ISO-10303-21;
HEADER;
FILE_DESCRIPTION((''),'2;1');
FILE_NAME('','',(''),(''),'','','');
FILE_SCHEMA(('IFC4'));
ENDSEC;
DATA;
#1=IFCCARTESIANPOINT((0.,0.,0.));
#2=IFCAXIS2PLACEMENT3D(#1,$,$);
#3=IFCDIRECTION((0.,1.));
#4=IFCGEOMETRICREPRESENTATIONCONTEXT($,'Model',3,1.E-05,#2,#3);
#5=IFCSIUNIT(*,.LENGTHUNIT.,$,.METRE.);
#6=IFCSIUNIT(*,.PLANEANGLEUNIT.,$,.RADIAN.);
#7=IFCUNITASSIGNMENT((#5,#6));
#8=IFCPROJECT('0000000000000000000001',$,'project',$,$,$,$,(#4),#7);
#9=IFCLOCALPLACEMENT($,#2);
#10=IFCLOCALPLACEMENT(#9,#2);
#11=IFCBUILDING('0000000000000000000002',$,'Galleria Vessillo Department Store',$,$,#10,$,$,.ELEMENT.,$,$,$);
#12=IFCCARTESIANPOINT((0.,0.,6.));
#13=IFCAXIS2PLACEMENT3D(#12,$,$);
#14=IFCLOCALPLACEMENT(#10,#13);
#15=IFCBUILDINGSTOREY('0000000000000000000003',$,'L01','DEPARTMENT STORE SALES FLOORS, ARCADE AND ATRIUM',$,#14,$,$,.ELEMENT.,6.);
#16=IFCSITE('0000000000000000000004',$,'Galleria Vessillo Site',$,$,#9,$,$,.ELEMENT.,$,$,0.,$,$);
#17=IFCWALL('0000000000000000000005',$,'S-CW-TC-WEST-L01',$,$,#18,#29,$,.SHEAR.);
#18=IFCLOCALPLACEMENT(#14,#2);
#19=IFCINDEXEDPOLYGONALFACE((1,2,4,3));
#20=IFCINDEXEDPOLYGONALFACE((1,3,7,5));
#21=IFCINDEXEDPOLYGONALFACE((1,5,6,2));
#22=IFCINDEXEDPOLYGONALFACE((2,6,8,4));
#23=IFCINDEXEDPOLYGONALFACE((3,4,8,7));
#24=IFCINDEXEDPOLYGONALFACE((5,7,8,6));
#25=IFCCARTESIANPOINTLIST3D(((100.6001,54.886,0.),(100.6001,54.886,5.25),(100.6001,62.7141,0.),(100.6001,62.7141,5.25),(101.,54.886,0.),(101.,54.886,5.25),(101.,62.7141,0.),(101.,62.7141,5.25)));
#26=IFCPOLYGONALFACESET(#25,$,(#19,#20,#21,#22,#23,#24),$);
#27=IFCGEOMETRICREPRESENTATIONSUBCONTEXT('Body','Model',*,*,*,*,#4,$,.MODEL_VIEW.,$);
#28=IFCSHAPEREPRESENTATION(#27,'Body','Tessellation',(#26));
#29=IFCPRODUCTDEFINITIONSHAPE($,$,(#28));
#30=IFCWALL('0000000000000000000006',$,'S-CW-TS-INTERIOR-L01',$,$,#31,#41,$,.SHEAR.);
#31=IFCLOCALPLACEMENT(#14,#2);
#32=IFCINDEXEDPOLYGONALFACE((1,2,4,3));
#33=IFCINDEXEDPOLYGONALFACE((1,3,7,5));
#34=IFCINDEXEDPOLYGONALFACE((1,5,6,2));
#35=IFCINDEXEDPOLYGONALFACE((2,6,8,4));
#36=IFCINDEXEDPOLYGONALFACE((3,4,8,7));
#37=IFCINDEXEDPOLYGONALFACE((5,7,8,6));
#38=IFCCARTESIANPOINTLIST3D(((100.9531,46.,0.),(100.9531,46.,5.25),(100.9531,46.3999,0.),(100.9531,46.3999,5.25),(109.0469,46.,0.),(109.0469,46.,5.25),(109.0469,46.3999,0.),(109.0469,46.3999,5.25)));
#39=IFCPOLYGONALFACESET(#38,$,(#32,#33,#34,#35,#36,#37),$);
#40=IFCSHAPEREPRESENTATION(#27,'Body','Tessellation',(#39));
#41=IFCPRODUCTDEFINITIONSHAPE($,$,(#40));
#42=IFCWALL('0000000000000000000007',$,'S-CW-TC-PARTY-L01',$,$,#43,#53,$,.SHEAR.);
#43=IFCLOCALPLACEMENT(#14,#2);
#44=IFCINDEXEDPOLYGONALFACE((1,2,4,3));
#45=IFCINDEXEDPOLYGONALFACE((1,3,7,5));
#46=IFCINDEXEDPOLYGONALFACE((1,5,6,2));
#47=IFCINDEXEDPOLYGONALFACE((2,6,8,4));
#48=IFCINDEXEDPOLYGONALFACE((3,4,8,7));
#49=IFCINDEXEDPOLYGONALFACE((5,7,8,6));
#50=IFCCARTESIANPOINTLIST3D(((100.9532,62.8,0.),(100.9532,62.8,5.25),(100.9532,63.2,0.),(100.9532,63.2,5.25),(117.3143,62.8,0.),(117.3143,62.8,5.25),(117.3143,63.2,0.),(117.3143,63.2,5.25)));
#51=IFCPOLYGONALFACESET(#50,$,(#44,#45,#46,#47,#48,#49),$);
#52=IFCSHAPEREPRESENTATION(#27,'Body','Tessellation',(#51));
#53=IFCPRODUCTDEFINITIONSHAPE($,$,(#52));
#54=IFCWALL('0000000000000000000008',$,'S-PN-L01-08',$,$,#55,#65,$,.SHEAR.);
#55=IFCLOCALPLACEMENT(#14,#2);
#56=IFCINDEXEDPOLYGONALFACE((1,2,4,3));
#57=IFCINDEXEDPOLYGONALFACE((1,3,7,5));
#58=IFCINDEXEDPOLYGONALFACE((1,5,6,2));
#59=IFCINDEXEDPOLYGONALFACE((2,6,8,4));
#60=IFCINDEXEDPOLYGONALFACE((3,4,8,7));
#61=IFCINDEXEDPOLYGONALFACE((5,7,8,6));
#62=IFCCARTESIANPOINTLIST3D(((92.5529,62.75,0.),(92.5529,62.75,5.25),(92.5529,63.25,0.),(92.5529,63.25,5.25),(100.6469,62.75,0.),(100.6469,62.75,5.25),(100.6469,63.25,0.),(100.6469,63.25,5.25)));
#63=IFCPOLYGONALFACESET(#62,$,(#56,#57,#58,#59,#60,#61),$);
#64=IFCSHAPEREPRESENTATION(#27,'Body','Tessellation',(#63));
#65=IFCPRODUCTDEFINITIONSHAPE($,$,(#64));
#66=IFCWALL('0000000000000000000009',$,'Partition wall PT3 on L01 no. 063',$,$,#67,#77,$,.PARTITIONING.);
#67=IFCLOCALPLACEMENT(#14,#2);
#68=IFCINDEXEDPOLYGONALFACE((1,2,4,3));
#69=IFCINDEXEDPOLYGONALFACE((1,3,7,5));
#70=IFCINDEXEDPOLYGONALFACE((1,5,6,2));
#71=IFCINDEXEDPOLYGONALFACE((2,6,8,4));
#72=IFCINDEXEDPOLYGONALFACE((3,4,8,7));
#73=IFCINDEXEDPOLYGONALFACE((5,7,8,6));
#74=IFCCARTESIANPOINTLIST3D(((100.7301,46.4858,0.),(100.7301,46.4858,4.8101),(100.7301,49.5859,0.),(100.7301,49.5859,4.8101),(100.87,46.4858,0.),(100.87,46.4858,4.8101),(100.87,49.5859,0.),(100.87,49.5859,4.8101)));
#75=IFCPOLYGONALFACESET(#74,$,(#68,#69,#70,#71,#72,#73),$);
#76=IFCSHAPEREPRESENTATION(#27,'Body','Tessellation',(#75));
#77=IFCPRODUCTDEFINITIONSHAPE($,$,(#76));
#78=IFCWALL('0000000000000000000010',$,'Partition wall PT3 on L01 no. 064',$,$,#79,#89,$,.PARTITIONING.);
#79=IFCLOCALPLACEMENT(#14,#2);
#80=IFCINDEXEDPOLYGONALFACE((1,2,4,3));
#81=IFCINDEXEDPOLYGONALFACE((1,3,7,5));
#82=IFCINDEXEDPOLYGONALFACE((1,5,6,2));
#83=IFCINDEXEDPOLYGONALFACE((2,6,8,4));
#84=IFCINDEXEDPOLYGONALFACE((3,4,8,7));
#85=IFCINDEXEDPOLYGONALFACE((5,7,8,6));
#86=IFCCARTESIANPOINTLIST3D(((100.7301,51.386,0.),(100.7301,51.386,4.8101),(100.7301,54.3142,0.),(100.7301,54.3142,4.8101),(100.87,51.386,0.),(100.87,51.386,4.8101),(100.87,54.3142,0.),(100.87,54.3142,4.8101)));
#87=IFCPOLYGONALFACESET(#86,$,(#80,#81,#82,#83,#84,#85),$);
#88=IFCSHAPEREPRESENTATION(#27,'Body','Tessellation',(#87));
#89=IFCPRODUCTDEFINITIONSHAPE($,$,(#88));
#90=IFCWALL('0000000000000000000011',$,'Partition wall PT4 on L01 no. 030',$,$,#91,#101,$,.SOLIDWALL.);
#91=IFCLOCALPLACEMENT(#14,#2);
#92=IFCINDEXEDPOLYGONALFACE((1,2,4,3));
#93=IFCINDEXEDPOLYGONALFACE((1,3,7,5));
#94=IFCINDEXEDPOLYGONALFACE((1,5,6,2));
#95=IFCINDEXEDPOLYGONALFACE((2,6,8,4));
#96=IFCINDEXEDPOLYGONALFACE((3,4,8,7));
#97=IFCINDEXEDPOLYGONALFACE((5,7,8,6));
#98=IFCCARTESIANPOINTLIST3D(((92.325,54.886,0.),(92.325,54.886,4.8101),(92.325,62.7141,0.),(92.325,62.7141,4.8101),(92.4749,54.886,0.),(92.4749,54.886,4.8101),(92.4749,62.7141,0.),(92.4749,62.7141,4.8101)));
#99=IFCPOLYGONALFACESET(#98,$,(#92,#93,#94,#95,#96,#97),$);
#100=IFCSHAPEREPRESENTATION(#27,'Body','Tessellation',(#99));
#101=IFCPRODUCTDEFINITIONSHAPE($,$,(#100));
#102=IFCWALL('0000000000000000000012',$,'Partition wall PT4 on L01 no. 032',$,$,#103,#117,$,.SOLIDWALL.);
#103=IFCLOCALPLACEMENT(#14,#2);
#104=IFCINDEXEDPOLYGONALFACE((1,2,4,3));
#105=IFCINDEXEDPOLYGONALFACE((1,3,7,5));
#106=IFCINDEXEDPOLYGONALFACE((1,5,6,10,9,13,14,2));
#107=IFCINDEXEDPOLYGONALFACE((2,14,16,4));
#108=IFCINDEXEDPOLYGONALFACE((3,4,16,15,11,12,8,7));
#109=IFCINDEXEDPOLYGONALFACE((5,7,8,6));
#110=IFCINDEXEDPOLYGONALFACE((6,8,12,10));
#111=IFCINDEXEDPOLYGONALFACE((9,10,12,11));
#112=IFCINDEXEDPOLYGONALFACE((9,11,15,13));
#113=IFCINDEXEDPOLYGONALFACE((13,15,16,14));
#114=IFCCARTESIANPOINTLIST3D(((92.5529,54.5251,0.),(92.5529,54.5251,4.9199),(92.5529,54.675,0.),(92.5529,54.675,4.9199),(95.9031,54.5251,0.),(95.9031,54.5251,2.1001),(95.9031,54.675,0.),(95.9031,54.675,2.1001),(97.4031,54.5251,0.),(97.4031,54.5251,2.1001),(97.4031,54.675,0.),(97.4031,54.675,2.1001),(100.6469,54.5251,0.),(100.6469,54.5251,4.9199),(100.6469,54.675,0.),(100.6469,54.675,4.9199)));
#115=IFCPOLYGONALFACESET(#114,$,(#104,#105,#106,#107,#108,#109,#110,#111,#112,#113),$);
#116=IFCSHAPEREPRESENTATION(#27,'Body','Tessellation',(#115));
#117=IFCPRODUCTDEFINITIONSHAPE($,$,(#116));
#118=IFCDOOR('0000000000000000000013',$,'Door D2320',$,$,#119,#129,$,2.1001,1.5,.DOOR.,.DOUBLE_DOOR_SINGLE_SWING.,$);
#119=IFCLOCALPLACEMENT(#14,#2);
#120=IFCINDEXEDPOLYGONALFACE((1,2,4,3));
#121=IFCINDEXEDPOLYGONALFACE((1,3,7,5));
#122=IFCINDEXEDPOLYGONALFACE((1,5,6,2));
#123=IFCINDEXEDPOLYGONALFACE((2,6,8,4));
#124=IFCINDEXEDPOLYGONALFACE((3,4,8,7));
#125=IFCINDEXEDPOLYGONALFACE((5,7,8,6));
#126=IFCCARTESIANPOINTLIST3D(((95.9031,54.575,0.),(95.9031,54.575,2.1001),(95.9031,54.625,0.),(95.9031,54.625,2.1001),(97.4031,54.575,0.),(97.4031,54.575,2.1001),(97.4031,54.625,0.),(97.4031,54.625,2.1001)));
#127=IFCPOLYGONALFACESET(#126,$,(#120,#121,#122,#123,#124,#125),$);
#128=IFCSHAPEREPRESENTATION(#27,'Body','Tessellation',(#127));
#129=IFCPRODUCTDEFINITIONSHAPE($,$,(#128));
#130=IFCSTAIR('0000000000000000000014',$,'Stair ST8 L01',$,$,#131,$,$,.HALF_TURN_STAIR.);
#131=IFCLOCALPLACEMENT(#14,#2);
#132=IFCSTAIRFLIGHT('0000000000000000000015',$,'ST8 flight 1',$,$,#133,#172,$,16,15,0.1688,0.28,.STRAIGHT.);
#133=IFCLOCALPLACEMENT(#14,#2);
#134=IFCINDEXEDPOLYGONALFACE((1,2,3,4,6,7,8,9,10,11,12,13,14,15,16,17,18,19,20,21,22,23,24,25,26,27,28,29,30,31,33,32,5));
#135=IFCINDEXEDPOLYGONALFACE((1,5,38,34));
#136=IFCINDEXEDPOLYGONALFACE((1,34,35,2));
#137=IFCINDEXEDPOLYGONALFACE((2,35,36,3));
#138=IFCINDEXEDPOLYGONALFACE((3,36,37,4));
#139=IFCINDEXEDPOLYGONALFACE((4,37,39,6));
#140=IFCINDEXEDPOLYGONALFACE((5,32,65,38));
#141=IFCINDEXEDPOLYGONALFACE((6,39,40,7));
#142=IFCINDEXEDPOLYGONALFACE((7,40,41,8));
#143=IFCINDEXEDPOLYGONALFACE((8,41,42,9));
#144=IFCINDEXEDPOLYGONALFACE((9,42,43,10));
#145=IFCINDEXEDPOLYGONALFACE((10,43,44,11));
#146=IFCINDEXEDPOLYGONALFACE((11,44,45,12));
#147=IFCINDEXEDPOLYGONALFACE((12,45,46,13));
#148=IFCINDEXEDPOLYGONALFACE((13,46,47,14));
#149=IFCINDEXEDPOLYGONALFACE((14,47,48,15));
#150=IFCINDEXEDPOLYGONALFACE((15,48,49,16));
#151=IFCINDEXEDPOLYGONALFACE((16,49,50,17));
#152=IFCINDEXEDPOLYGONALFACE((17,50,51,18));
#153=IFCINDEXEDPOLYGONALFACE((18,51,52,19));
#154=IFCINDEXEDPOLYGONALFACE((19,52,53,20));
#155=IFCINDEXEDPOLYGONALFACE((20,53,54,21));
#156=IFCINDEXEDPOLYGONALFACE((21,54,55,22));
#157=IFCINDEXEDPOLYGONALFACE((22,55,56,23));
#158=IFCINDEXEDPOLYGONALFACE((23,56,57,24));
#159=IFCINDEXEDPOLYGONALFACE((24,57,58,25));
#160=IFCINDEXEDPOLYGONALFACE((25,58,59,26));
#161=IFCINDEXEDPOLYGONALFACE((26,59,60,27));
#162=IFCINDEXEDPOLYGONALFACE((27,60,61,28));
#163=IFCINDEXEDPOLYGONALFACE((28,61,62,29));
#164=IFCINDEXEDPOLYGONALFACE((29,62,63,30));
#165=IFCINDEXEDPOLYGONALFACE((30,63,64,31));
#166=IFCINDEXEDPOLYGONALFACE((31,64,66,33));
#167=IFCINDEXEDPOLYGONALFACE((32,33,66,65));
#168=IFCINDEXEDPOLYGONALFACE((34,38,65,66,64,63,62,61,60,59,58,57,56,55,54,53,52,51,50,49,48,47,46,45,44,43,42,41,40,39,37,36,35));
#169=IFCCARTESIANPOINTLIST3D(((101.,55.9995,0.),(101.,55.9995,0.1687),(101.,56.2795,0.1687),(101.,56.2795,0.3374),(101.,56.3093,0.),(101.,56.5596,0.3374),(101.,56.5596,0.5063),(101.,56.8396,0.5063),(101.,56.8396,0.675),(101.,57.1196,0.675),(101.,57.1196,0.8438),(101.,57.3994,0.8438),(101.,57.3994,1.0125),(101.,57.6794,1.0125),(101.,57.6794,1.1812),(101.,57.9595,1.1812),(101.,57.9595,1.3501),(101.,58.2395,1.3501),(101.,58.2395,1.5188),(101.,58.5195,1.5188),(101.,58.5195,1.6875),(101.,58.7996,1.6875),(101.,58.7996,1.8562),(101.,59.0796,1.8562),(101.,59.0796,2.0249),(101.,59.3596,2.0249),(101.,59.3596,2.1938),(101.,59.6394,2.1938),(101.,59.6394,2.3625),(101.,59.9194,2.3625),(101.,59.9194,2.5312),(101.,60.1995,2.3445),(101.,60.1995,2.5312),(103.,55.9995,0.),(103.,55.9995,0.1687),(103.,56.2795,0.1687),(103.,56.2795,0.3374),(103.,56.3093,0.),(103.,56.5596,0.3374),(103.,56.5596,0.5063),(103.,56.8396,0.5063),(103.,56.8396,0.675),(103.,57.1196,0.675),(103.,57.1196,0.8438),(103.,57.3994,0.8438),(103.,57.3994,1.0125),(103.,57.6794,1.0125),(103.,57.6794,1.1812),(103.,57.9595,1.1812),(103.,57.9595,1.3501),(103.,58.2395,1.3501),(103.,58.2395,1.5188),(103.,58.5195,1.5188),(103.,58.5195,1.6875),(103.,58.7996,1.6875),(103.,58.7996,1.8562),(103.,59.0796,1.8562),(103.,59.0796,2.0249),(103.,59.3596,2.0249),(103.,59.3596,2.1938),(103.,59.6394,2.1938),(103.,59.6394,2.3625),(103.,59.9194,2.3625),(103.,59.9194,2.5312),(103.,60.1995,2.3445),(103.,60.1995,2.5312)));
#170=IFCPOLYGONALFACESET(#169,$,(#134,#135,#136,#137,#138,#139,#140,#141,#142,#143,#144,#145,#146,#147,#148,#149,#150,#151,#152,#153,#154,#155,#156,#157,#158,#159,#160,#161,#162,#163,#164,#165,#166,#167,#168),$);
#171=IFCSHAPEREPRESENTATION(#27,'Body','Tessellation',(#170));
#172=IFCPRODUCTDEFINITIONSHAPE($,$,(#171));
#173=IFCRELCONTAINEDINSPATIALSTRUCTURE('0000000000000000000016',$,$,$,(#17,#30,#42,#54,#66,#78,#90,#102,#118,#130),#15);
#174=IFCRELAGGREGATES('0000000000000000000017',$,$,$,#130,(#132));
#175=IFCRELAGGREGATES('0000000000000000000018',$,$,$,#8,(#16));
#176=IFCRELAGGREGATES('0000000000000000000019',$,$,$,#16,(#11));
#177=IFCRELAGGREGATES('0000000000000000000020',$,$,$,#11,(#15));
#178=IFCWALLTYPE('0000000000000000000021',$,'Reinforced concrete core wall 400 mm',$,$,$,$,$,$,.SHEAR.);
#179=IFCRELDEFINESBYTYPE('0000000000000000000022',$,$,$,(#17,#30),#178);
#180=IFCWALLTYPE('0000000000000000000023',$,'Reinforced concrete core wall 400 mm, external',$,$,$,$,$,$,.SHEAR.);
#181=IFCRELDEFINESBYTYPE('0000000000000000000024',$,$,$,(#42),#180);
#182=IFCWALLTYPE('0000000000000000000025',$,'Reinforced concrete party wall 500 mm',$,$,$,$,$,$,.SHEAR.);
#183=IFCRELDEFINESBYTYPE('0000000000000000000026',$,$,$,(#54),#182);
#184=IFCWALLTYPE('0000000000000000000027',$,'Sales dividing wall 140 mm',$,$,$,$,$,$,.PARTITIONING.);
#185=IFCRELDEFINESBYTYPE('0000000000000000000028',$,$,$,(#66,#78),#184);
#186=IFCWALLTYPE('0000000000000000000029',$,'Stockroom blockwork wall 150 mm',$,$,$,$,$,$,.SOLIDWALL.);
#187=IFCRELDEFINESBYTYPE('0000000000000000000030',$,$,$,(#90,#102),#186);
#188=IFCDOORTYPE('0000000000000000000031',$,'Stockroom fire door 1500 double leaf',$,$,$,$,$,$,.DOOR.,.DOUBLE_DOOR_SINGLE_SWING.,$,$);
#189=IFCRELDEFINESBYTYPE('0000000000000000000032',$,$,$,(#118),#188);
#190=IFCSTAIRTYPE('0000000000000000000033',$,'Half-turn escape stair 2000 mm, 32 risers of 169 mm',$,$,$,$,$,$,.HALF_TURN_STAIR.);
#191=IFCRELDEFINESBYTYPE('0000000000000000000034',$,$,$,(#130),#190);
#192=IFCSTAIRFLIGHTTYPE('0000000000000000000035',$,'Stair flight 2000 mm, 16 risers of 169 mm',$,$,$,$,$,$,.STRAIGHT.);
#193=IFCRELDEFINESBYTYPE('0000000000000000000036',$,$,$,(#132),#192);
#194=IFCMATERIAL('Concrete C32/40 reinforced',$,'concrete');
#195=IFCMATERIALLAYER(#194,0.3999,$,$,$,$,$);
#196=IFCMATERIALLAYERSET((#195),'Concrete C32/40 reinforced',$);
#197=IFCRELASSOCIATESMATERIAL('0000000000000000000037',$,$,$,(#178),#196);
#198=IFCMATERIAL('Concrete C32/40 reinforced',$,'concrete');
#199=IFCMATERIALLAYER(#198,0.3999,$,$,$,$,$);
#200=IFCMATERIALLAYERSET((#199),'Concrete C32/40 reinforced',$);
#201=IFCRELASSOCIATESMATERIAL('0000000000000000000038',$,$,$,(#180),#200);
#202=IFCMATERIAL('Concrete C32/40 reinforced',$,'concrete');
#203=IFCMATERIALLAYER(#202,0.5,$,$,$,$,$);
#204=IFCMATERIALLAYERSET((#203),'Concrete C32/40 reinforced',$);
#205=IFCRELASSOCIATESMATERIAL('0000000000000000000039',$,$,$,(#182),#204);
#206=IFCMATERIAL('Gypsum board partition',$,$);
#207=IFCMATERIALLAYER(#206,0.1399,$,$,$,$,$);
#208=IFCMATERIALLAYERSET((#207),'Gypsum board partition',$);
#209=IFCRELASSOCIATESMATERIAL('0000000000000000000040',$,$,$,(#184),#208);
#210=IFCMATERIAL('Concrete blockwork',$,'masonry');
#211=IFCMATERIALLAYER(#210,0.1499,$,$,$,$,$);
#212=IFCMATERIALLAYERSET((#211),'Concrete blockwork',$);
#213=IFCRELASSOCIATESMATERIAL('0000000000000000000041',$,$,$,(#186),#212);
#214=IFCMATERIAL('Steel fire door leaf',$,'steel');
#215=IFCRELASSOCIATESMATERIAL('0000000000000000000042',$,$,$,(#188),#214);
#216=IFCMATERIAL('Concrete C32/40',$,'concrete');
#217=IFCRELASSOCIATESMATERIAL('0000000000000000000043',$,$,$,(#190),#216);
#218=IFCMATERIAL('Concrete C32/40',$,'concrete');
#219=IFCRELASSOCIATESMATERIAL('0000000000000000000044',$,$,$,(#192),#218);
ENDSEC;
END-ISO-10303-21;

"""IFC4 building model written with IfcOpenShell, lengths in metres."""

from ifc_helpers import new_model, si_unit, direction, frame, frame_2d, origin, place, context, subcontext, project, spatial, polyline, rectangle, outline, extrude, material, layer, layer_set, type_object, element, fill, aggregate, save


model = new_model("IFC4")

# Units and contexts
model_context = context("Model", 3, precision=1e-05, world=origin(), true_north=direction((0.0, 1.0)))
body_context = subcontext(model_context, "Body", "Model", "MODEL_VIEW")
ifc_project = project(units=[si_unit("LENGTHUNIT", "METRE"), si_unit("PLANEANGLEUNIT", "RADIAN")], contexts=[model_context])

# Site, building, storey
site_placement = place(None, origin())
site = spatial("IfcSite", under=ifc_project, at=site_placement, Name="Galleria Vessillo Site", CompositionType="ELEMENT", RefElevation=0.0)
building_placement = place(site_placement, origin())
building = spatial("IfcBuilding", under=site, at=building_placement, Name="Galleria Vessillo Department Store", CompositionType="ELEMENT")
storey_placement = place(building_placement, frame((0.0, 0.0, 6.0)))
storey = spatial("IfcBuildingStorey", under=building, at=storey_placement, Name="L01", Description="DEPARTMENT STORE SALES FLOORS, ARCADE AND ATRIUM", CompositionType="ELEMENT", Elevation=6.0)

# Shared definitions
ifc_material_1 = material(Name="Concrete C32/40 reinforced", Category="concrete")
ifc_layer_1 = layer(ifc_material_1, 0.3999)
ifc_layer_set_1 = layer_set([ifc_layer_1], Name="Concrete C32/40 reinforced")
wall_type_1 = type_object("IfcWallType", Name="Reinforced concrete core wall 400 mm", PredefinedType="SHEAR", material=ifc_layer_set_1)

# Walls
wall_1_placement = place(storey_placement, frame((100.8, 54.886, 0.0), z_axis=(0.0, 0.0, 1.0), x_axis=(0.0, 1.0, 0.0)))
element("IfcWall", 1, at=wall_1_placement, inside=storey, type_object=wall_type_1, Name="S-CW-TC-WEST-L01", PredefinedType="SHEAR", context=body_context, shape_type="SweptSolid", body=[
    extrude(rectangle(XDim=7.8281, YDim=0.3999, at=frame_2d((3.9141, 0.0))), origin(), (0.0, 0.0, 1.0), 5.25),
])
wall_2_placement = place(storey_placement, frame((100.9531, 46.2, 0.0), z_axis=(0.0, 0.0, 1.0), x_axis=(1.0, 0.0, 0.0)))
element("IfcWall", 2, at=wall_2_placement, inside=storey, type_object=wall_type_1, Name="S-CW-TS-INTERIOR-L01", PredefinedType="SHEAR", context=body_context, shape_type="SweptSolid", body=[
    extrude(rectangle(XDim=8.0938, YDim=0.3999, at=frame_2d((4.0469, 0.0))), origin(), (0.0, 0.0, 1.0), 5.25),
])
ifc_material_2 = material(Name="Concrete C32/40 reinforced", Category="concrete")
ifc_layer_2 = layer(ifc_material_2, 0.3999)
ifc_layer_set_2 = layer_set([ifc_layer_2], Name="Concrete C32/40 reinforced")
wall_type_2 = type_object("IfcWallType", Name="Reinforced concrete core wall 400 mm, external", PredefinedType="SHEAR", material=ifc_layer_set_2)
wall_3_placement = place(storey_placement, frame((100.9531, 63.0, 0.0), z_axis=(0.0, 0.0, 1.0), x_axis=(1.0, 0.0, 0.0)))
element("IfcWall", 3, at=wall_3_placement, inside=storey, type_object=wall_type_2, Name="S-CW-TC-PARTY-L01", PredefinedType="SHEAR", context=body_context, shape_type="SweptSolid", body=[
    extrude(rectangle(XDim=16.3611, YDim=0.3999, at=frame_2d((8.1807, 0.0))), origin(), (0.0, 0.0, 1.0), 5.25),
])
ifc_material_3 = material(Name="Concrete C32/40 reinforced", Category="concrete")
ifc_layer_3 = layer(ifc_material_3, 0.5)
ifc_layer_set_3 = layer_set([ifc_layer_3], Name="Concrete C32/40 reinforced")
wall_type_3 = type_object("IfcWallType", Name="Reinforced concrete party wall 500 mm", PredefinedType="SHEAR", material=ifc_layer_set_3)
wall_4_placement = place(storey_placement, frame((92.553, 63.0, 0.0), z_axis=(0.0, 0.0, 1.0), x_axis=(1.0, 0.0, 0.0)))
element("IfcWall", 4, at=wall_4_placement, inside=storey, type_object=wall_type_3, Name="S-PN-L01-08", PredefinedType="SHEAR", context=body_context, shape_type="SweptSolid", body=[
    extrude(rectangle(XDim=8.094, YDim=0.5, at=frame_2d((4.0469, 0.0))), origin(), (0.0, 0.0, 1.0), 5.25),
])
ifc_material_4 = material(Name="Gypsum board partition")
ifc_layer_4 = layer(ifc_material_4, 0.1399)
ifc_layer_set_4 = layer_set([ifc_layer_4], Name="Gypsum board partition")
wall_type_4 = type_object("IfcWallType", Name="Sales dividing wall 140 mm", PredefinedType="PARTITIONING", material=ifc_layer_set_4)
wall_5_placement = place(storey_placement, frame((100.8, 46.4858, 0.0), z_axis=(0.0, 0.0, 1.0), x_axis=(0.0, 1.0, 0.0)))
element("IfcWall", 5, at=wall_5_placement, inside=storey, type_object=wall_type_4, Name="Partition wall PT3 on L01 no. 063", PredefinedType="PARTITIONING", context=body_context, shape_type="SweptSolid", body=[
    extrude(rectangle(XDim=3.1001, YDim=0.1399, at=frame_2d((1.55, 0.0))), origin(), (0.0, 0.0, 1.0), 4.8101),
])
wall_6_placement = place(storey_placement, frame((100.8, 51.386, 0.0), z_axis=(0.0, 0.0, 1.0), x_axis=(0.0, 1.0, 0.0)))
element("IfcWall", 6, at=wall_6_placement, inside=storey, type_object=wall_type_4, Name="Partition wall PT3 on L01 no. 064", PredefinedType="PARTITIONING", context=body_context, shape_type="SweptSolid", body=[
    extrude(rectangle(XDim=2.9282, YDim=0.1399, at=frame_2d((1.4641, 0.0))), origin(), (0.0, 0.0, 1.0), 4.8101),
])
ifc_material_5 = material(Name="Concrete blockwork", Category="masonry")
ifc_layer_5 = layer(ifc_material_5, 0.1499)
ifc_layer_set_5 = layer_set([ifc_layer_5], Name="Concrete blockwork")
wall_type_5 = type_object("IfcWallType", Name="Stockroom blockwork wall 150 mm", PredefinedType="SOLIDWALL", material=ifc_layer_set_5)
wall_7_placement = place(storey_placement, frame((92.3999, 54.886, 0.0), z_axis=(0.0, 0.0, 1.0), x_axis=(0.0, 1.0, 0.0)))
element("IfcWall", 7, at=wall_7_placement, inside=storey, type_object=wall_type_5, Name="Partition wall PT4 on L01 no. 030", PredefinedType="SOLIDWALL", context=body_context, shape_type="SweptSolid", body=[
    extrude(rectangle(XDim=7.8281, YDim=0.1499, at=frame_2d((3.9141, 0.0))), origin(), (0.0, 0.0, 1.0), 4.8101),
])

# Wall, opening, door
wall_8_placement = place(storey_placement, frame((92.553, 54.6001, 0.0), z_axis=(0.0, 0.0, 1.0), x_axis=(1.0, 0.0, 0.0)))
wall_8 = element("IfcWall", 8, at=wall_8_placement, inside=storey, type_object=wall_type_5, Name="Partition wall PT4 on L01 no. 032", PredefinedType="SOLIDWALL", context=body_context, shape_type="SweptSolid", body=[
    extrude(rectangle(XDim=8.094, YDim=0.1499, at=frame_2d((4.0469, 0.0))), origin(), (0.0, 0.0, 1.0), 4.9199),
])
opening_1_placement = place(wall_8_placement, frame((3.3501, 0.0, 0.0)))
opening_1 = element("IfcOpeningElement", 9, at=opening_1_placement, cuts=wall_8, PredefinedType="OPENING", context=body_context, shape_type="SweptSolid", body=[
    extrude(rectangle(XDim=1.5, YDim=2.1001, at=frame_2d((0.75, 1.05))), frame((0.0, 0.085, 0.0), z_axis=(0.0, -1.0, 0.0), x_axis=(1.0, 0.0, 0.0)), (0.0, 0.0, 1.0), 0.1699),
])
ifc_material_6 = material(Name="Steel fire door leaf", Category="steel")
door_type_1 = type_object("IfcDoorType", Name="Stockroom fire door 1500 double leaf", OperationType="DOUBLE_DOOR_SINGLE_SWING", PredefinedType="DOOR", material=ifc_material_6)
door_1_placement = place(opening_1_placement, origin())
door_1 = element("IfcDoor", 10, at=door_1_placement, inside=storey, type_object=door_type_1, Name="Door D2320", OperationType="DOUBLE_DOOR_SINGLE_SWING", OverallHeight=2.1001, OverallWidth=1.5, PredefinedType="DOOR", context=body_context, shape_type="SweptSolid", body=[
    extrude(rectangle(XDim=1.5, YDim=2.1001, at=frame_2d((0.75, 1.05))), frame((0.0, 0.0249, 0.0), z_axis=(0.0, -1.0, 0.0), x_axis=(1.0, 0.0, 0.0)), (0.0, 0.0, 1.0), 0.05),
])
fill(opening_1, door_1)

# Stair, stair flight
ifc_material_7 = material(Name="Concrete C32/40", Category="concrete")
stair_type = type_object("IfcStairType", Name="Half-turn escape stair 2000 mm, 32 risers of 169 mm", PredefinedType="HALF_TURN_STAIR", material=ifc_material_7)
stair_placement = place(storey_placement, origin())
stair = element("IfcStair", 11, at=stair_placement, inside=storey, type_object=stair_type, Name="Stair ST8 L01", PredefinedType="HALF_TURN_STAIR")
ifc_material_8 = material(Name="Concrete C32/40", Category="concrete")
stair_flight_type = type_object("IfcStairFlightType", Name="Stair flight 2000 mm, 16 risers of 169 mm", PredefinedType="STRAIGHT", material=ifc_material_8)
stair_flight_placement = place(storey_placement, frame((102.0, 55.9995, 0.0), z_axis=(0.0, 0.0, 1.0), x_axis=(0.0, 1.0, 0.0)))
stair_flight = element("IfcStairFlight", 12, at=stair_flight_placement, type_object=stair_flight_type, Name="ST8 flight 1", NumberOfRisers=16, NumberOfTreads=15, PredefinedType="STRAIGHT", RiserHeight=0.1688, TreadLength=0.28, context=body_context, shape_type="SweptSolid", body=[
    extrude(outline(polyline([(0.0, 0.0), (0.0, 0.1687), (0.28, 0.1687), (0.28, 0.3374), (0.5601, 0.3374), (0.5601, 0.5063), (0.8401, 0.5063), (0.8401, 0.675), (1.1201, 0.675), (1.1201, 0.8438), (1.3999, 0.8438), (1.3999, 1.0125), (1.6799, 1.0125), (1.6799, 1.1812), (1.96, 1.1812), (1.96, 1.3501), (2.24, 1.3501), (2.24, 1.5188), (2.52, 1.5188), (2.52, 1.6875), (2.8, 1.6875), (2.8, 1.8562), (3.0801, 1.8562), (3.0801, 2.0249), (3.3601, 2.0249), (3.3601, 2.1938), (3.6399, 2.1938), (3.6399, 2.3625), (3.9199, 2.3625), (3.9199, 2.5312), (4.2, 2.5312), (4.2, 2.7), (4.2, 2.3445), (0.3098, 0.0), (0.0, 0.0)])), frame((0.0, 1.0, 0.0), z_axis=(0.0, -1.0, 0.0), x_axis=(1.0, 0.0, 0.0)), (0.0, 0.0, 1.0), 2.0),
])
aggregate(stair, [stair_flight])

save(model, "model.ifc")
